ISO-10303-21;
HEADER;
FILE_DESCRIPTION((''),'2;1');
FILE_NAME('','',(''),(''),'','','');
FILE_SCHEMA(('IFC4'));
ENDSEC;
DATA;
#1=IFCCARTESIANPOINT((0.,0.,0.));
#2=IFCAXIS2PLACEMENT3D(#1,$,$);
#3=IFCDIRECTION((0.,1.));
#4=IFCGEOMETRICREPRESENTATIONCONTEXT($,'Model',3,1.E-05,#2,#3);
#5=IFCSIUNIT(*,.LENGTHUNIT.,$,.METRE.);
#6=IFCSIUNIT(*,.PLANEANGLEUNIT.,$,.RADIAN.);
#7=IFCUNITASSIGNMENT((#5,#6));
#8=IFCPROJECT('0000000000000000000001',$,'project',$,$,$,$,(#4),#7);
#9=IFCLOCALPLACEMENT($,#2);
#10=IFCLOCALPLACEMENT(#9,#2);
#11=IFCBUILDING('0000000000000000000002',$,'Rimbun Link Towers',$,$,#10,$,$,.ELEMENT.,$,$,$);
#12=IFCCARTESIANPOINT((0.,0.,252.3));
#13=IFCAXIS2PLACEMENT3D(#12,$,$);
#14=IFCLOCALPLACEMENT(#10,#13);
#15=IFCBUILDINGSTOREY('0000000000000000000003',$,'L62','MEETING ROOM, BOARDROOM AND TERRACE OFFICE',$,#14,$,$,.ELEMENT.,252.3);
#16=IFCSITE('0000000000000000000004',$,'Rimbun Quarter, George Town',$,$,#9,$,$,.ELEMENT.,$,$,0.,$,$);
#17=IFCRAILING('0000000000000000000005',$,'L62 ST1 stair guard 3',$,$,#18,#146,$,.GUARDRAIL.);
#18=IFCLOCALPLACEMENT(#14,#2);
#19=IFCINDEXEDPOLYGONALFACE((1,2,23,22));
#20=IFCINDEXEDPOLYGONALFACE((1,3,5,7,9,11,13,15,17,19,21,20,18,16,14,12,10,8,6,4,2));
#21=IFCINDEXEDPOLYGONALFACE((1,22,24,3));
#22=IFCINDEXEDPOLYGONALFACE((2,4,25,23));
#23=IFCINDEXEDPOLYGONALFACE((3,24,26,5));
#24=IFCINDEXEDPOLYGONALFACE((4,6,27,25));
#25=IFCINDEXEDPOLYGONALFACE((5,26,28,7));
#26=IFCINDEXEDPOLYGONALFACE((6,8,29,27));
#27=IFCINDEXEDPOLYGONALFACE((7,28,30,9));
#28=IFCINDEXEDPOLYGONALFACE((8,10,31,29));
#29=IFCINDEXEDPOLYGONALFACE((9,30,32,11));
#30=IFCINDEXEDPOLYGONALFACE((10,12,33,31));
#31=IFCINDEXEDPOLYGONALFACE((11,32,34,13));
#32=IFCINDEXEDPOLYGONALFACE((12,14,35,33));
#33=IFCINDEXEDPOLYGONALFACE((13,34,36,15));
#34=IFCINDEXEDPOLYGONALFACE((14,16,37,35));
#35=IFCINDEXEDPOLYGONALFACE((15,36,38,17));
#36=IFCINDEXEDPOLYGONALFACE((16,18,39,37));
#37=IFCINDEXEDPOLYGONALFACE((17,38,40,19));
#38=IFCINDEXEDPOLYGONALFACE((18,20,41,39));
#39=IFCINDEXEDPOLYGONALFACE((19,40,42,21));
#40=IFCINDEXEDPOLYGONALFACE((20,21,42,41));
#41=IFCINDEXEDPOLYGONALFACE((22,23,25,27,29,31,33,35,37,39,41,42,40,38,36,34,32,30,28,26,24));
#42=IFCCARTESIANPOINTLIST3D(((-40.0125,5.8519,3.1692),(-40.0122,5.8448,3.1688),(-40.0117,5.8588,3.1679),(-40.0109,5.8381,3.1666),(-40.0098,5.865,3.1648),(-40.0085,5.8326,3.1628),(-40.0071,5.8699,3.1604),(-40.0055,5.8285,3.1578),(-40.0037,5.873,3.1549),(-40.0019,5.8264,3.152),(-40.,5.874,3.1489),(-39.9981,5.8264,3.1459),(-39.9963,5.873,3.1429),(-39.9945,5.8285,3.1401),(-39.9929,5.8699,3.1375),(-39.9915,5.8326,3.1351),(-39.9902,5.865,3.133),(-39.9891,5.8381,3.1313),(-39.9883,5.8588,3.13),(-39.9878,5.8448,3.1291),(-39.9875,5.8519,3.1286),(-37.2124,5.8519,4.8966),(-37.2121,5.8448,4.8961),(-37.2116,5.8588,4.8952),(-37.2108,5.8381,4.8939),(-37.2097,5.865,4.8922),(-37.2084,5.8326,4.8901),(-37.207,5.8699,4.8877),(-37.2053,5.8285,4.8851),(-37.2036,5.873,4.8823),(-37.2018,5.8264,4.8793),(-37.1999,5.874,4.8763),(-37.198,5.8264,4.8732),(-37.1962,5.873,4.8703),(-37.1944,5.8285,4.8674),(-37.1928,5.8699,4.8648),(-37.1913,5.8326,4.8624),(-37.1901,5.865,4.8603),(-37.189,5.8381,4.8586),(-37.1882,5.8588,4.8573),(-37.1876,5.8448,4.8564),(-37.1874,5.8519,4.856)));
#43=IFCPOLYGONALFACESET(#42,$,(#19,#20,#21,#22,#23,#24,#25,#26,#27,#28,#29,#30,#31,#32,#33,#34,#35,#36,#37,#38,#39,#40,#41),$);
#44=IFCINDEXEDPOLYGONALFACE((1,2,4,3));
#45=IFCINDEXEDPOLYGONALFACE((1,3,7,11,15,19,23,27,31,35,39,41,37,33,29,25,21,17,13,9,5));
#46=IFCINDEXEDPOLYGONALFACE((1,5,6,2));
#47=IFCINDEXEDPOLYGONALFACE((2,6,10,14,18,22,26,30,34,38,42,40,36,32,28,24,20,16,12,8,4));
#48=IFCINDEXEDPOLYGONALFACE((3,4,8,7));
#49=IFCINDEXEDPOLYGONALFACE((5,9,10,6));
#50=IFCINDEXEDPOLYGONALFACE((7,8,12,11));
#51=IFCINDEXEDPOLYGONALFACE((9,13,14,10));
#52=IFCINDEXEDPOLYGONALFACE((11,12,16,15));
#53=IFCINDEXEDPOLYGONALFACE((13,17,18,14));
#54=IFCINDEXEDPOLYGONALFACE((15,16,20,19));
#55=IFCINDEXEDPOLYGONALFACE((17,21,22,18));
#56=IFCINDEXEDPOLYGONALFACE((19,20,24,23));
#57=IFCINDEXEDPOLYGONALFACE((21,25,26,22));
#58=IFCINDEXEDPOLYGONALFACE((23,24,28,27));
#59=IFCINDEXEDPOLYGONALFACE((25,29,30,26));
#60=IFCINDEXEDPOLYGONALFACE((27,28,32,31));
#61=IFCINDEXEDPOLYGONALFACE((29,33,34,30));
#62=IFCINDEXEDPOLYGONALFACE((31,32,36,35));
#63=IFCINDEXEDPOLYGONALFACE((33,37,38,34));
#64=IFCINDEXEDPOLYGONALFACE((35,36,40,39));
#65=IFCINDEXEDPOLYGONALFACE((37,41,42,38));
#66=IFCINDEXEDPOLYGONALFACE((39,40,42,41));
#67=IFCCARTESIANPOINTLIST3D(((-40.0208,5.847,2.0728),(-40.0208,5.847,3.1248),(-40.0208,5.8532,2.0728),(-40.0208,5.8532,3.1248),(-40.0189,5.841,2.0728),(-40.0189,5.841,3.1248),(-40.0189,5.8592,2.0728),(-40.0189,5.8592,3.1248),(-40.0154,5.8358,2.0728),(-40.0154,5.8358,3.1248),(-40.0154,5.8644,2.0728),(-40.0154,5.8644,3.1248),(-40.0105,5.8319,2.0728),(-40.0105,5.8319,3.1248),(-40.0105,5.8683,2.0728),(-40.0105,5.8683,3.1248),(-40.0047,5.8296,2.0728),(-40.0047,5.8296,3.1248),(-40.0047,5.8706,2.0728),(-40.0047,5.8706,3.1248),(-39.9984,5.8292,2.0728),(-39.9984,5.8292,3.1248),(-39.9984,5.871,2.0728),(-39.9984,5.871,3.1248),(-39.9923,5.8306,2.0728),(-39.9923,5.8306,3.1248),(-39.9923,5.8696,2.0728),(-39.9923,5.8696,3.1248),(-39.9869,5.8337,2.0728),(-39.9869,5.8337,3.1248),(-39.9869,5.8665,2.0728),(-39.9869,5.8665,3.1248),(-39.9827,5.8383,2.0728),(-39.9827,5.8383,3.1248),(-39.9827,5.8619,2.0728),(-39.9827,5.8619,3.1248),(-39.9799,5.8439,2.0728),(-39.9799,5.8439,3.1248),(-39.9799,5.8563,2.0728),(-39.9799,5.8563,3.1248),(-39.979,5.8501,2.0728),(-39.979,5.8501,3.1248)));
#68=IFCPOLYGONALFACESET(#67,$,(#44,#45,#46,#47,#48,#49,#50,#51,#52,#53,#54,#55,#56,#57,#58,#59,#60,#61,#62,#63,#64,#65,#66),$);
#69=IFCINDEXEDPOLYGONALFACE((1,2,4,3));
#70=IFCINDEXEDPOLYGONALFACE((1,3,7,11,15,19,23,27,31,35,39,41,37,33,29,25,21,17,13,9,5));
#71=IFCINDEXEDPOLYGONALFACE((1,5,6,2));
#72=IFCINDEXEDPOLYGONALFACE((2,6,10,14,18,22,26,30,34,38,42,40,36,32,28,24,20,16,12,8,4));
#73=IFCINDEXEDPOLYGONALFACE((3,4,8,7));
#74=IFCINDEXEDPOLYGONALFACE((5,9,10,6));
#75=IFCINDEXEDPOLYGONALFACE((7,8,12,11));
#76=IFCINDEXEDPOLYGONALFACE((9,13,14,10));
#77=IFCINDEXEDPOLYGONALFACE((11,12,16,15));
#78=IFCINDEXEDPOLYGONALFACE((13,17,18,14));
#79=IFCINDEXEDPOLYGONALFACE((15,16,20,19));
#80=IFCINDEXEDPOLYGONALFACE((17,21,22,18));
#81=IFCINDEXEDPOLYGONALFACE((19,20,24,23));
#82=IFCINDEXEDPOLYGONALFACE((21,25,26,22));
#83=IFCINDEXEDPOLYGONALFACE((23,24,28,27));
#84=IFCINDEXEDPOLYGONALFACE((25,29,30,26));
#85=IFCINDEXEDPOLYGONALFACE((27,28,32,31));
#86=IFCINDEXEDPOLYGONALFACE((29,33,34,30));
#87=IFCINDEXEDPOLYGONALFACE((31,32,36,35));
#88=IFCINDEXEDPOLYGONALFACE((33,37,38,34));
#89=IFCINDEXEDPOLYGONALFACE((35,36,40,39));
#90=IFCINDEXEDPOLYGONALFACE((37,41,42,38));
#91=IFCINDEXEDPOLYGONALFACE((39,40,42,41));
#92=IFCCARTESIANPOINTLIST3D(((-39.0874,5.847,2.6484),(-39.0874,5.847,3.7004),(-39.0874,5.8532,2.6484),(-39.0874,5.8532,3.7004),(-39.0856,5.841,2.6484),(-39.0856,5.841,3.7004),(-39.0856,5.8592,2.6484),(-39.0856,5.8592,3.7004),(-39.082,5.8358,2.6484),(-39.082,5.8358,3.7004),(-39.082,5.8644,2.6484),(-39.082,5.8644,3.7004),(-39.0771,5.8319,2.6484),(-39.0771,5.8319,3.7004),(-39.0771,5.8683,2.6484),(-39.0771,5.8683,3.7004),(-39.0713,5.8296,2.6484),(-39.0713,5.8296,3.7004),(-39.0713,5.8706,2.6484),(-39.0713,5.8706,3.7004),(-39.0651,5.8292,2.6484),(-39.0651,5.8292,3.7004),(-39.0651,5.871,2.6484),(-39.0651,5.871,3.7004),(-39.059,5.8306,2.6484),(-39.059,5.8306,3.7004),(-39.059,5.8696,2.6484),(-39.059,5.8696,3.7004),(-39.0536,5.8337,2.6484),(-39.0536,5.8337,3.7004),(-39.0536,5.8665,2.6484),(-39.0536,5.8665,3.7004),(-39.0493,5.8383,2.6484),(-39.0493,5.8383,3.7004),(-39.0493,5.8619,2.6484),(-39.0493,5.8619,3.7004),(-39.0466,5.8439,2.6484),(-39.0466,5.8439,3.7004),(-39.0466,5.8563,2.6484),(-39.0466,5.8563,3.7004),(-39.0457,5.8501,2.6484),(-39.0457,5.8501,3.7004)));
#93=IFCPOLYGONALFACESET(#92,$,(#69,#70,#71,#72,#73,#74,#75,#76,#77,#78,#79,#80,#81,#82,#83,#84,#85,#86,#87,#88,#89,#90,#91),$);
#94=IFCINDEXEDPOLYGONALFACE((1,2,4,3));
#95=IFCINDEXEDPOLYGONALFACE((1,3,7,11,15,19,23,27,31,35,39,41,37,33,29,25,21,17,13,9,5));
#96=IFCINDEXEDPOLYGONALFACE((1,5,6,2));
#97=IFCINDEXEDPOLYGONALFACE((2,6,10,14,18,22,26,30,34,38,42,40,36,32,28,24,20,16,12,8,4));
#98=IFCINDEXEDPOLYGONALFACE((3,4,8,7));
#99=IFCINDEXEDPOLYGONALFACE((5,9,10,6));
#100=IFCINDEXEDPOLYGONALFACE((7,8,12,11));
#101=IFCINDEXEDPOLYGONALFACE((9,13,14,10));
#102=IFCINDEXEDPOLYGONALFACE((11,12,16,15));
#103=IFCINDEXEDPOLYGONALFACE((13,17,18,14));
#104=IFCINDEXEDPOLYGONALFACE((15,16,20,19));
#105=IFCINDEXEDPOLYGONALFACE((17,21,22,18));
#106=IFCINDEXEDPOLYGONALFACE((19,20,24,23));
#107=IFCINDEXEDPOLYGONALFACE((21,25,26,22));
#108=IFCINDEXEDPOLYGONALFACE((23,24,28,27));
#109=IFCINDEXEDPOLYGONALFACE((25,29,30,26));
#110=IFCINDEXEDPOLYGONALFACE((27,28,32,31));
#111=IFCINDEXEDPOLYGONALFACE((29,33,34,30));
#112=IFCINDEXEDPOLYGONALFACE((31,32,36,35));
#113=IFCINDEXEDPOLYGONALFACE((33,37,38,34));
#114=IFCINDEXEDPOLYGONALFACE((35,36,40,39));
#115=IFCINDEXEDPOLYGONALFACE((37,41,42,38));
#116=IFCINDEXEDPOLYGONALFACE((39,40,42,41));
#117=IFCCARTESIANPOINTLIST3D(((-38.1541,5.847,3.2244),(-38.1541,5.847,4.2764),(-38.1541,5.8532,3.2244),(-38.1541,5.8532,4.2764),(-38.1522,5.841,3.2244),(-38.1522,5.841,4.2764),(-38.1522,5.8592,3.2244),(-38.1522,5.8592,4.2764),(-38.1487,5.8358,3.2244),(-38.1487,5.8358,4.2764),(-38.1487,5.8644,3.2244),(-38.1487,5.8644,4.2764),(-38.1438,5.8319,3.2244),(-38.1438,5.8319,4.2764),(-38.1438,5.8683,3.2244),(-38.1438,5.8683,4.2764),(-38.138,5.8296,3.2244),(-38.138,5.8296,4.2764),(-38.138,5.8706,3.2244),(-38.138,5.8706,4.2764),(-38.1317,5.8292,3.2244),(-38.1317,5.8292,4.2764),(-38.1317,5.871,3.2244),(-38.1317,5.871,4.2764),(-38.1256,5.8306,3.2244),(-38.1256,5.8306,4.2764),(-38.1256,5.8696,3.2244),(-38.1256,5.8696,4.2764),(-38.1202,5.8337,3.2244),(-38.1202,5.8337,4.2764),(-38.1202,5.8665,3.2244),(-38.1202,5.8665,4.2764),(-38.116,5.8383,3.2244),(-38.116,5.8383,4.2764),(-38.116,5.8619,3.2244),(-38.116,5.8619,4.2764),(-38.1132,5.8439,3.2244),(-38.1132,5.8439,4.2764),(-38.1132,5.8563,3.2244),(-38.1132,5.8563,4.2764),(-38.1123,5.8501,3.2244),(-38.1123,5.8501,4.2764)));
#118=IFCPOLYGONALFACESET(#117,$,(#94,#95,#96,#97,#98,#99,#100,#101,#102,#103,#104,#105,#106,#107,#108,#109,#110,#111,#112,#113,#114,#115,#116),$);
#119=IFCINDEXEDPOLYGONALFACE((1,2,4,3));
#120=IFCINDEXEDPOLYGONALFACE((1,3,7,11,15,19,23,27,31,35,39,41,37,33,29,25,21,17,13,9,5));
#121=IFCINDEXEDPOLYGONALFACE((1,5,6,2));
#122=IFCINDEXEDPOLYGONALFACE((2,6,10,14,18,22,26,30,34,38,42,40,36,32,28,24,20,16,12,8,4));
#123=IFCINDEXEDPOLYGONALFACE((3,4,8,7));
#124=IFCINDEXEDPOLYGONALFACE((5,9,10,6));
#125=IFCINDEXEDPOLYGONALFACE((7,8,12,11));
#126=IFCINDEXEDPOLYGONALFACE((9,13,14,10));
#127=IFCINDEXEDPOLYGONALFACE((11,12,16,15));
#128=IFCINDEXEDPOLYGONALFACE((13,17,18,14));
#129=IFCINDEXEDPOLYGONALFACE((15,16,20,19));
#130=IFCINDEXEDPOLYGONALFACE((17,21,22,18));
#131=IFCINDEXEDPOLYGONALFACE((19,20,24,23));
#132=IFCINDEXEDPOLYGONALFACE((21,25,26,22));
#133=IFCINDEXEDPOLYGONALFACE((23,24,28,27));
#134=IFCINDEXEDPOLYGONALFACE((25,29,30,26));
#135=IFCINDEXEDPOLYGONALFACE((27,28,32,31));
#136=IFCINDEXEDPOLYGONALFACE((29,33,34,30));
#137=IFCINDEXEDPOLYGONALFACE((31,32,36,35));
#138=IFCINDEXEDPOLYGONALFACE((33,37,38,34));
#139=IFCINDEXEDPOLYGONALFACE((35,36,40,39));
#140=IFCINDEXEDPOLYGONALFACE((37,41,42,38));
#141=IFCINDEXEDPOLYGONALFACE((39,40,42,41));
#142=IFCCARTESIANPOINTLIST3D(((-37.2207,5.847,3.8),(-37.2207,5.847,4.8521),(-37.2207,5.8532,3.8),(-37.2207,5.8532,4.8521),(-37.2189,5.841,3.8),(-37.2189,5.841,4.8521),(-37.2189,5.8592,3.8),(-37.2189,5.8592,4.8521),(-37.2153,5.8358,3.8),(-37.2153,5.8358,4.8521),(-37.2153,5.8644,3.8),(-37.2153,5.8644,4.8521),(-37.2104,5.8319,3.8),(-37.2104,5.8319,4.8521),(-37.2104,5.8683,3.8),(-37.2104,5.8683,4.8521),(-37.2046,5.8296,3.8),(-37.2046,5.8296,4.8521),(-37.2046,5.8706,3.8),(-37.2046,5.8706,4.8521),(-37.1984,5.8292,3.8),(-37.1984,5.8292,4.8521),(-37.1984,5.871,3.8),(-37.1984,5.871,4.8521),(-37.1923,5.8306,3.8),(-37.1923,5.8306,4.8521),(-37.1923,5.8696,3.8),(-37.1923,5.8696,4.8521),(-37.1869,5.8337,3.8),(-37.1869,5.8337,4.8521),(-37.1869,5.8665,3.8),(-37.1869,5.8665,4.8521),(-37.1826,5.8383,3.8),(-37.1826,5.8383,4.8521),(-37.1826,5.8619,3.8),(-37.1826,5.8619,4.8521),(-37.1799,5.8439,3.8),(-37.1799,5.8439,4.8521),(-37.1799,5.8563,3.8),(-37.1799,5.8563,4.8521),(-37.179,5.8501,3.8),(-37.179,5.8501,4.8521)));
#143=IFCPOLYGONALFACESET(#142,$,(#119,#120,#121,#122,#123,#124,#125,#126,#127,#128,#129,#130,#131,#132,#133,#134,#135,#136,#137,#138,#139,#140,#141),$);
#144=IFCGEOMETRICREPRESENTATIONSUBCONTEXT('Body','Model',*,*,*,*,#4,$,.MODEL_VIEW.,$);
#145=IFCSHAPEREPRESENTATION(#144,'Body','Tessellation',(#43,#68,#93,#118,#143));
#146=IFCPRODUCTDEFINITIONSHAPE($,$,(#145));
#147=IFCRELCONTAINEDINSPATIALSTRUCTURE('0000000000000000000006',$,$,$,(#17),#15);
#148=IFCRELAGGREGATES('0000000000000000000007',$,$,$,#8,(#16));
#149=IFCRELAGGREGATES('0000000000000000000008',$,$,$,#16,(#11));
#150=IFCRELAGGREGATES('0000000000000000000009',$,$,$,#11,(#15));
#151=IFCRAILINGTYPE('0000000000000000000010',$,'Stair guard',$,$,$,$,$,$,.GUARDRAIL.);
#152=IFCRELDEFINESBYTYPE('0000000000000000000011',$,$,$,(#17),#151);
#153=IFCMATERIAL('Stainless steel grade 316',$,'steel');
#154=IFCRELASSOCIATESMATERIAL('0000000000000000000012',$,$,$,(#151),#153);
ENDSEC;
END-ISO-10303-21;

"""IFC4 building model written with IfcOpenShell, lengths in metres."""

from ifc_helpers import new_model, si_unit, direction, frame, origin, origin_2d, place, context, subcontext, project, spatial, circle, extrude, material, type_object, element, save


model = new_model("IFC4")

# Units and contexts
model_context = context("Model", 3, precision=1e-05, world=origin(), true_north=direction((0.0, 1.0)))
body_context = subcontext(model_context, "Body", "Model", "MODEL_VIEW")
ifc_project = project(units=[si_unit("LENGTHUNIT", "METRE"), si_unit("PLANEANGLEUNIT", "RADIAN")], contexts=[model_context])

# Site, building, storey
site_placement = place(None, origin())
site = spatial("IfcSite", under=ifc_project, at=site_placement, Name="Rimbun Quarter, George Town", CompositionType="ELEMENT", RefElevation=0.0)
building_placement = place(site_placement, origin())
building = spatial("IfcBuilding", under=site, at=building_placement, Name="Rimbun Link Towers", CompositionType="ELEMENT")
storey_placement = place(building_placement, frame((0.0, 0.0, 252.3)))
storey = spatial("IfcBuildingStorey", under=building, at=storey_placement, Name="L62", Description="MEETING ROOM, BOARDROOM AND TERRACE OFFICE", CompositionType="ELEMENT", Elevation=252.3)

# Railing
ifc_material_1 = material(Name="Stainless steel grade 316", Category="steel")
railing_type_1 = type_object("IfcRailingType", Name="Stair guard", PredefinedType="GUARDRAIL", material=ifc_material_1)
railing_1_placement = place(storey_placement, frame((-40.0, 5.8501, 2.0728)))
element("IfcRailing", 1, at=railing_1_placement, inside=storey, type_object=railing_type_1, Name="L62 ST1 stair guard 3", PredefinedType="GUARDRAIL", context=body_context, shape_type="SweptSolid", body=[
    extrude(circle(Radius=0.0239, at=origin_2d()), frame((0.0, 0.0, 1.0762), z_axis=(0.85109, 0.0, 0.52502), x_axis=(0.0, 1.0, 0.0)), (0.0, 0.0, 1.0), 3.29),
    extrude(circle(Radius=0.021, at=origin_2d()), origin(), (0.0, 0.0, 1.0), 1.052),
    extrude(circle(Radius=0.021, at=origin_2d()), frame((0.9333, 0.0, 0.5757)), (0.0, 0.0, 1.0), 1.052),
    extrude(circle(Radius=0.021, at=origin_2d()), frame((1.8667, 0.0, 1.1516)), (0.0, 0.0, 1.0), 1.052),
    extrude(circle(Radius=0.021, at=origin_2d()), frame((2.8, 0.0, 1.7273)), (0.0, 0.0, 1.0), 1.052),
])

save(model, "model.ifc")
